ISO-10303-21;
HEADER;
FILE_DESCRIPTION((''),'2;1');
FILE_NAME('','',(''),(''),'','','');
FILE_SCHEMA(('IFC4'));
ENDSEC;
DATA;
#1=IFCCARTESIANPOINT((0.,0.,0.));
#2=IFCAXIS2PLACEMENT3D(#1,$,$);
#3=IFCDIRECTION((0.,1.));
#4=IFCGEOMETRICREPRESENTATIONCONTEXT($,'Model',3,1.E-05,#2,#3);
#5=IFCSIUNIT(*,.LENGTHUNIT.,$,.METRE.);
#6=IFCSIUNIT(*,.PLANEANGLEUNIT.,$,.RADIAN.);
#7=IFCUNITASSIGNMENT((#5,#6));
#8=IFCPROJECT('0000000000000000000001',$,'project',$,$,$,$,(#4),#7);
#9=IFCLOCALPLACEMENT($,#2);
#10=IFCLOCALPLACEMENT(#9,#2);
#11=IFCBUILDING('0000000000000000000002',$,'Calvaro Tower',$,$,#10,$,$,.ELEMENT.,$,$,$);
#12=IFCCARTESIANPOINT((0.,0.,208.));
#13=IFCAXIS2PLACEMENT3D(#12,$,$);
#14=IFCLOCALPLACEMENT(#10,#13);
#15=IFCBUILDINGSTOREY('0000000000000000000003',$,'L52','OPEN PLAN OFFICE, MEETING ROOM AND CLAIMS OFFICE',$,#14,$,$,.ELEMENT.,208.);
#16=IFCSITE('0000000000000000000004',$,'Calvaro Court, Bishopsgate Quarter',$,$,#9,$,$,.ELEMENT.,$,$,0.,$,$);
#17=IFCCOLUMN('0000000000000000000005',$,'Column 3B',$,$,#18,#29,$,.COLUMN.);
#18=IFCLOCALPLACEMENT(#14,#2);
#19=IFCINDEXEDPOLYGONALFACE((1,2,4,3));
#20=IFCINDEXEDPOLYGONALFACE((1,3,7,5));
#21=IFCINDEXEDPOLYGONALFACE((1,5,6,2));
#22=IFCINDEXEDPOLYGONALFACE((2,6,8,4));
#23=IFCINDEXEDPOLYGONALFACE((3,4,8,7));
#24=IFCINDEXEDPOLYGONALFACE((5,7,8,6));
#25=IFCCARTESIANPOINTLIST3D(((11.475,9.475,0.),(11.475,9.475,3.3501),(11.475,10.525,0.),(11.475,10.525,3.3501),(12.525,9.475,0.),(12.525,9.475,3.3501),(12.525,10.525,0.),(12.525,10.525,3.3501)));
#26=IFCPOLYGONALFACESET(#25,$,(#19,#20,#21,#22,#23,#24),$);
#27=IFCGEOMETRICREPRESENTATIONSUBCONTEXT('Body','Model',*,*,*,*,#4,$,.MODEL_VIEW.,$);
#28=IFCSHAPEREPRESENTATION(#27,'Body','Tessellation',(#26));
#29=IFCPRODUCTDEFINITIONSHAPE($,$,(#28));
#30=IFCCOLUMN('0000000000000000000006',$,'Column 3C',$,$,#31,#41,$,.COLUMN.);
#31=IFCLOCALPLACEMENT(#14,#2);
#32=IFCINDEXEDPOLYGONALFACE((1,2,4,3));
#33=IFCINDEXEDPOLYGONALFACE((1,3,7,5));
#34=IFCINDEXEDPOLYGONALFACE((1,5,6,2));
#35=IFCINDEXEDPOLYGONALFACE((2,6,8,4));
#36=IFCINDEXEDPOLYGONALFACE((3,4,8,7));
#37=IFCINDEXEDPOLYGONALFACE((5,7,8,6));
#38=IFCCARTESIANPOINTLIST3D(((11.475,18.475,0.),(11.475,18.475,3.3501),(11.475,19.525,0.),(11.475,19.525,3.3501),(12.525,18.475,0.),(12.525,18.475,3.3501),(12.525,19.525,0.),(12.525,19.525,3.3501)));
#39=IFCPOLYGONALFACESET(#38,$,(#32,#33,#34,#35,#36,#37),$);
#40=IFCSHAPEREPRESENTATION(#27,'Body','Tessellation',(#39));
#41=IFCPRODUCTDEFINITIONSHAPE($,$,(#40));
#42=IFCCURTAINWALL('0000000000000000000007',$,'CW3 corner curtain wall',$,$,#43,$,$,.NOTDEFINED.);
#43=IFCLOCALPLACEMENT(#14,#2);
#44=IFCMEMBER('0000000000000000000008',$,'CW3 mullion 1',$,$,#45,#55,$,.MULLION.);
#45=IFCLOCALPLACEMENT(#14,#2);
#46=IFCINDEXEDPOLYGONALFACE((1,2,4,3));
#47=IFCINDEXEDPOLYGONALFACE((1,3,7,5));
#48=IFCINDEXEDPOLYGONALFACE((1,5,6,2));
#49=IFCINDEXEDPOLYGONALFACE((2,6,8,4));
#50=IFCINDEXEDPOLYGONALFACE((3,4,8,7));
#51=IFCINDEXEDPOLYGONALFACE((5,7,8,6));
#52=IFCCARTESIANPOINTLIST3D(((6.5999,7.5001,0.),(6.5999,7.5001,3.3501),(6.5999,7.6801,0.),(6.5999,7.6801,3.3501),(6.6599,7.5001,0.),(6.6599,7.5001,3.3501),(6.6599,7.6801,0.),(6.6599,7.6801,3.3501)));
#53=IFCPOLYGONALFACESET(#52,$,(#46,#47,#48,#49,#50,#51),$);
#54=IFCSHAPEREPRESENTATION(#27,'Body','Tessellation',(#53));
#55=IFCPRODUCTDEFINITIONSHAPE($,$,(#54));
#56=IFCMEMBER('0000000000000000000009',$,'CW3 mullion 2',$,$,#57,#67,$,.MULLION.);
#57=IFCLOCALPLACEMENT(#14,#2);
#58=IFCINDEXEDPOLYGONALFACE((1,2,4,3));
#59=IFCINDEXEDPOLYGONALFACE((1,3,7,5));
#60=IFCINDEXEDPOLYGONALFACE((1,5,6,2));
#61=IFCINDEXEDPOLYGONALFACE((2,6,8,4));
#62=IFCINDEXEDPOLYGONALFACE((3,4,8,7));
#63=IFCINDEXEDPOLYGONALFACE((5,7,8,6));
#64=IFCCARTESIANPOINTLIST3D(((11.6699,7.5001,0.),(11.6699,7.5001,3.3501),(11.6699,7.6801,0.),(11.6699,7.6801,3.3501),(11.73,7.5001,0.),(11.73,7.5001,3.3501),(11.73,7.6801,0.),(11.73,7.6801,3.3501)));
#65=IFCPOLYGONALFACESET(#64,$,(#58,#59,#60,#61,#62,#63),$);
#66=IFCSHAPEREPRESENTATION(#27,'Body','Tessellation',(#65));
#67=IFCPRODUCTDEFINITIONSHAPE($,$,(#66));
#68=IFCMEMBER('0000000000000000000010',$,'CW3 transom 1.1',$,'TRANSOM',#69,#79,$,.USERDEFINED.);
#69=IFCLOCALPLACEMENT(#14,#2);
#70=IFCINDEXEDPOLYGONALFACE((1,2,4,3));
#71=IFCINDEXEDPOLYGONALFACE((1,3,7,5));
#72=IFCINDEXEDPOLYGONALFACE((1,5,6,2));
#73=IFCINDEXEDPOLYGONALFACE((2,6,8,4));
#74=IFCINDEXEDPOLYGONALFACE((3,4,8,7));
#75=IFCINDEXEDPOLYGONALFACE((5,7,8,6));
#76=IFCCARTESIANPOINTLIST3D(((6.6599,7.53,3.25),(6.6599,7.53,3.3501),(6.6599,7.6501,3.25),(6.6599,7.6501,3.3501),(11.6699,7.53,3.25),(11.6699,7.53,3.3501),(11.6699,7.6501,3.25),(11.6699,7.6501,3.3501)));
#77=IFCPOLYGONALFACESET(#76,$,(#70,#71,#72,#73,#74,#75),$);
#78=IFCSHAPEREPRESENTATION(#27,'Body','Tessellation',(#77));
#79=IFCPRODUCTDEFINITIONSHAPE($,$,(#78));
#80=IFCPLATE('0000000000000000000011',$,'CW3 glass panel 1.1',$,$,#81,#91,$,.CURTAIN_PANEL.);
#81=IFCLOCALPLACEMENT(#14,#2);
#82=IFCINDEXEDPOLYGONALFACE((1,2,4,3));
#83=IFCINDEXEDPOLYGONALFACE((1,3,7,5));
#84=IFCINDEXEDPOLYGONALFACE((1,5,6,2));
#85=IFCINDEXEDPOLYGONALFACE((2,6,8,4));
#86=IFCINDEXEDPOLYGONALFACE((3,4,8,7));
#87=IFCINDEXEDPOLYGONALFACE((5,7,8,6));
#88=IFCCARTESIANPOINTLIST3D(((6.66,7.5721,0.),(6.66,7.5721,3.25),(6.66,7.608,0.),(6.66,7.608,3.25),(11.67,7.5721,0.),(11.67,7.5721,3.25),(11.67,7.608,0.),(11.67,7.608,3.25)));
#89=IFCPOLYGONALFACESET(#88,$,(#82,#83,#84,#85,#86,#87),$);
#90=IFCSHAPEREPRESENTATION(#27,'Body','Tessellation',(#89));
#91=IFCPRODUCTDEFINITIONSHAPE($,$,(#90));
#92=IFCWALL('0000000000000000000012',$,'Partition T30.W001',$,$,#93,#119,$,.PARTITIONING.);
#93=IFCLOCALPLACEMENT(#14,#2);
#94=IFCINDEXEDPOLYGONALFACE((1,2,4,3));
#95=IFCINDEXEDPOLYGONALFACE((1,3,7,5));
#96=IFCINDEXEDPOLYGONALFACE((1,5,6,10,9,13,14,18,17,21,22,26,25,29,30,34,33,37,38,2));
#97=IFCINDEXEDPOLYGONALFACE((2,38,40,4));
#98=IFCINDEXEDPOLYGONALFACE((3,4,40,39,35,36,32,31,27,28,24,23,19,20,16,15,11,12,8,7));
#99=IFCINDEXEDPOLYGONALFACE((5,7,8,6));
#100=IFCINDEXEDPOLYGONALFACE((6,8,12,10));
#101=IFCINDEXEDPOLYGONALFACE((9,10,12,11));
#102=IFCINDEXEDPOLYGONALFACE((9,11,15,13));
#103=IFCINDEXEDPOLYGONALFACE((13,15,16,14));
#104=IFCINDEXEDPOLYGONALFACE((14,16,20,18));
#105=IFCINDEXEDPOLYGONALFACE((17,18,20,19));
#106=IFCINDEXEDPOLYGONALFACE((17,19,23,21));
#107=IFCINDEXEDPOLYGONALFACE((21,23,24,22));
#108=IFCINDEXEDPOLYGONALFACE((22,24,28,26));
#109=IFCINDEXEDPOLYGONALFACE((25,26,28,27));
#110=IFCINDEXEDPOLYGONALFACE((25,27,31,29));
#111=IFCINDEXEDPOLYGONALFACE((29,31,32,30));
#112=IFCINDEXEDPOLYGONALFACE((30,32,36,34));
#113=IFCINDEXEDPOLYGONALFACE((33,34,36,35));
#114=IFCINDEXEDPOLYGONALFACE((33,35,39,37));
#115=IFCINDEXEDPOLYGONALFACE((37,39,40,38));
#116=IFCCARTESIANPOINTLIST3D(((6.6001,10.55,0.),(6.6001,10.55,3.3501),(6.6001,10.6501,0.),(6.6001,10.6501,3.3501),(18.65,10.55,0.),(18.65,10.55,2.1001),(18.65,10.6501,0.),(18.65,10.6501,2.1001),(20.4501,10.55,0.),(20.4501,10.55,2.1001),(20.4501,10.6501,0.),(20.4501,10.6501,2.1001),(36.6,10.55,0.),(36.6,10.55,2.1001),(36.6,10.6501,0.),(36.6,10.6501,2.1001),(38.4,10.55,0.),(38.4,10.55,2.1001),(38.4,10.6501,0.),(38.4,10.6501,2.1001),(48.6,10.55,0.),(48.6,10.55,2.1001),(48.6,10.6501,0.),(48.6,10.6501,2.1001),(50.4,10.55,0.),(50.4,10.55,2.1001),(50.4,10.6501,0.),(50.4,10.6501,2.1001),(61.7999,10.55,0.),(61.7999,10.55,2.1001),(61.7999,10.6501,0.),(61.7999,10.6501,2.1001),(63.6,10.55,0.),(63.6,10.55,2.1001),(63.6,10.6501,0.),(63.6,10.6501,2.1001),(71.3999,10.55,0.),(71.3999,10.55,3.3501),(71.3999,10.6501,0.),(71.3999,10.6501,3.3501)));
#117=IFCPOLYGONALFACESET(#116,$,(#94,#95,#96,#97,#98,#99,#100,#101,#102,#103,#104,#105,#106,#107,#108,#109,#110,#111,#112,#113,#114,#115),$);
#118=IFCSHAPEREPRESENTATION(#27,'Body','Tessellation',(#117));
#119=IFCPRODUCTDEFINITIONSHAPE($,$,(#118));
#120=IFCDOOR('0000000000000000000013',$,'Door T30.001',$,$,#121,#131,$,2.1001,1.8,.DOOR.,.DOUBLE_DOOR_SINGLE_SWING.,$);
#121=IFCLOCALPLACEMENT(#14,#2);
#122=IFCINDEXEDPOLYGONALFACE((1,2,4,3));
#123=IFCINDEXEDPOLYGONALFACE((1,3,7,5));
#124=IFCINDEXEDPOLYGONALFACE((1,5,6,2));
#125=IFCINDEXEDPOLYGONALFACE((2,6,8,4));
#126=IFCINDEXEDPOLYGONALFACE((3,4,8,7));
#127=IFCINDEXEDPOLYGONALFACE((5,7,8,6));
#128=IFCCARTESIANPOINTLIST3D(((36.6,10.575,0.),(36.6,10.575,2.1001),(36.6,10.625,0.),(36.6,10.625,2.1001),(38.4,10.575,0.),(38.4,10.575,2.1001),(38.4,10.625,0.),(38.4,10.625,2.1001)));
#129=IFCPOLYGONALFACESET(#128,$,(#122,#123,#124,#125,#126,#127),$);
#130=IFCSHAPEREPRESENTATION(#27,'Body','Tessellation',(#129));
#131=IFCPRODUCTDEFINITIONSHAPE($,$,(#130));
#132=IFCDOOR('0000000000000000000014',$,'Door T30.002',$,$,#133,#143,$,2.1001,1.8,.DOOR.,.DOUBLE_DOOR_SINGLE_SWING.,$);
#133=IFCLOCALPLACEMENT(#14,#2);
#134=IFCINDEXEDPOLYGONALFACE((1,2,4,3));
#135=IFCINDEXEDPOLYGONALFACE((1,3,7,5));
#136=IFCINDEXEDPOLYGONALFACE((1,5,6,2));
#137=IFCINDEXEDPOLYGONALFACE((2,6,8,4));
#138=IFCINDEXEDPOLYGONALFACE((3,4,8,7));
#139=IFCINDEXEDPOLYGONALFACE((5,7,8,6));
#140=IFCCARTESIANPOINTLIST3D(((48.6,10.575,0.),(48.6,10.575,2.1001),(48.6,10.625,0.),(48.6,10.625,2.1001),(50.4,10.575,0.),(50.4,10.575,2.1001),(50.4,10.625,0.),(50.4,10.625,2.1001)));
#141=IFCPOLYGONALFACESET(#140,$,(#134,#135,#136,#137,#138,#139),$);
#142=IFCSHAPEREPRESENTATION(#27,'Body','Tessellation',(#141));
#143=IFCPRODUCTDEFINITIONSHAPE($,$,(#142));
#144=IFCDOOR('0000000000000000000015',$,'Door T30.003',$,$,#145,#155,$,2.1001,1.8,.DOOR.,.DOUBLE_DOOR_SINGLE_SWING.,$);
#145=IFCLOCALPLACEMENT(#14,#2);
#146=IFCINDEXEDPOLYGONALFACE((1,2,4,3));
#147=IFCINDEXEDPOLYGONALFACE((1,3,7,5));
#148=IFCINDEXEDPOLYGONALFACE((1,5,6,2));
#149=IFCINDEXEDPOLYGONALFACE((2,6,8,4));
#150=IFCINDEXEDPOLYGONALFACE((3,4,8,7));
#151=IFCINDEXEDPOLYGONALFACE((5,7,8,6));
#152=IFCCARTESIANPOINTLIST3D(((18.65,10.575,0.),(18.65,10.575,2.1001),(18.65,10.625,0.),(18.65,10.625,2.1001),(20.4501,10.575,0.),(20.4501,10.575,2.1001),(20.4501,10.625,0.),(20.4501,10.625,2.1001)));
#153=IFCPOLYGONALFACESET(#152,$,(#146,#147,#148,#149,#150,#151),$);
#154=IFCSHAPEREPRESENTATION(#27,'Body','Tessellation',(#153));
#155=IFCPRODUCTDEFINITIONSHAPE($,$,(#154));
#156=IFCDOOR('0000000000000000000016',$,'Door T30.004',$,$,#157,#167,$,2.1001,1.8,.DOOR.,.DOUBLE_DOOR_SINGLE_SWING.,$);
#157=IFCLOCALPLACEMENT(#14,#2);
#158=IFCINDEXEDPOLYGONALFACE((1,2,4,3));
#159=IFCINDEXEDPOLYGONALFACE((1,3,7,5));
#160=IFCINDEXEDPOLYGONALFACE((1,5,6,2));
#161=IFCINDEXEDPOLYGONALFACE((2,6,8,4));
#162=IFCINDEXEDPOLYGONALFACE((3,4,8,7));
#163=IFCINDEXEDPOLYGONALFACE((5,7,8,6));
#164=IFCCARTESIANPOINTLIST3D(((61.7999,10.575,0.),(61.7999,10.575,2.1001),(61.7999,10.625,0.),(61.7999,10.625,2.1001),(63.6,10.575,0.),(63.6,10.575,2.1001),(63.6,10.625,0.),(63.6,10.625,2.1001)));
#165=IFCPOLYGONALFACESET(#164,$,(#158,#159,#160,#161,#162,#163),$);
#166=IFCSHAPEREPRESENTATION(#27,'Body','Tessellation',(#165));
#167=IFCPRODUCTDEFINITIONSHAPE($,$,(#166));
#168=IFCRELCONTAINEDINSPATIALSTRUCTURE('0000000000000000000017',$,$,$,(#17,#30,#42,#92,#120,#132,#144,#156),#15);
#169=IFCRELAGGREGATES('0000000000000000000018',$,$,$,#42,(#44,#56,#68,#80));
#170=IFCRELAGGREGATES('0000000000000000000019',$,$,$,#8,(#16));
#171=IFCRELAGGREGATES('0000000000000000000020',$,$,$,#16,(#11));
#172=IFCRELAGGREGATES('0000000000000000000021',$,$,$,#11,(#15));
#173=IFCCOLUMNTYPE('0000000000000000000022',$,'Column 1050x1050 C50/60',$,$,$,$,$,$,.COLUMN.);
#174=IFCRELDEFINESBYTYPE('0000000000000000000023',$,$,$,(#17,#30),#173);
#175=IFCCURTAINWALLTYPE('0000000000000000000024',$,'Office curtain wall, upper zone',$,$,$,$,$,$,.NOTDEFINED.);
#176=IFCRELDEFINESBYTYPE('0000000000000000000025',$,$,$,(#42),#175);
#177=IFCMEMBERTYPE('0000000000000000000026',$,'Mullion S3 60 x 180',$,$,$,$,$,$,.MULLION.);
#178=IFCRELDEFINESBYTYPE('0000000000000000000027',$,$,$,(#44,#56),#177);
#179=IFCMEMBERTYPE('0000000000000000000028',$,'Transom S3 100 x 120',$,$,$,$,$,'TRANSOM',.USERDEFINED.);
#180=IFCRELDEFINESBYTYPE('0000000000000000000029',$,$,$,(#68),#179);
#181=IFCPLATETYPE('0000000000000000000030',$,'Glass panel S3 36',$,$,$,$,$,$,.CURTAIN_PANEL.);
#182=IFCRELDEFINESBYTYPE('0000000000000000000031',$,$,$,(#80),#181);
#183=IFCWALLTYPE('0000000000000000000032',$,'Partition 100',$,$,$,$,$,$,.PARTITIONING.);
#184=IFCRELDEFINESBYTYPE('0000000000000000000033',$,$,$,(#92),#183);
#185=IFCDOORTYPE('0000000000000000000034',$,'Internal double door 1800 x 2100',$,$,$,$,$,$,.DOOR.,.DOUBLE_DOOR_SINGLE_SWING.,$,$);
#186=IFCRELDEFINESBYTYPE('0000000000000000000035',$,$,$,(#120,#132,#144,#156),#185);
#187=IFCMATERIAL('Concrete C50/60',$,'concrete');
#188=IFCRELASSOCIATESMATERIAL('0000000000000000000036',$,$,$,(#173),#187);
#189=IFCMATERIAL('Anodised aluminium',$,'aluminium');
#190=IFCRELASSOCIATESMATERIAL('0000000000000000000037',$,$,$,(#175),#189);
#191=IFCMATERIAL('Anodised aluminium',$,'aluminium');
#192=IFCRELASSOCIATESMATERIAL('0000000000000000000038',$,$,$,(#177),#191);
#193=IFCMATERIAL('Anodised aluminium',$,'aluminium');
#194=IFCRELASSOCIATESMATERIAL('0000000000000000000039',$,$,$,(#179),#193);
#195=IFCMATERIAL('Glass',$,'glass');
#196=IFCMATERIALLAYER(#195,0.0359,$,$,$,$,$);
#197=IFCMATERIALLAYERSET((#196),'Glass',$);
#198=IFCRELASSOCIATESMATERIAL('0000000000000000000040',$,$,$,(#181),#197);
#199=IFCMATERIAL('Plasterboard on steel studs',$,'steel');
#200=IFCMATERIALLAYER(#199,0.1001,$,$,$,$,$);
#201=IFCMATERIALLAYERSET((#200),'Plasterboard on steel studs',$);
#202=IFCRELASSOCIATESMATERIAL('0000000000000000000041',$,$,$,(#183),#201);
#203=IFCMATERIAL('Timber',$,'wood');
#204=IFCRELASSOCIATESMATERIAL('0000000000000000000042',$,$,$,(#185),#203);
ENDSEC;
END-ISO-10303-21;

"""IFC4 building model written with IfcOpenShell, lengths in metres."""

from ifc_helpers import new_model, si_unit, direction, frame, frame_2d, origin, origin_2d, place, context, subcontext, project, spatial, rectangle, extrude, material, layer, layer_set, material_profile, profile_set, type_object, element, fill, aggregate, save


model = new_model("IFC4")

# Units and contexts
model_context = context("Model", 3, precision=1e-05, world=origin(), true_north=direction((0.0, 1.0)))
body_context = subcontext(model_context, "Body", "Model", "MODEL_VIEW")
ifc_project = project(units=[si_unit("LENGTHUNIT", "METRE"), si_unit("PLANEANGLEUNIT", "RADIAN")], contexts=[model_context])

# Site, building, storey
site_placement = place(None, origin())
site = spatial("IfcSite", under=ifc_project, at=site_placement, Name="Calvaro Court, Bishopsgate Quarter", CompositionType="ELEMENT", RefElevation=0.0)
building_placement = place(site_placement, origin())
building = spatial("IfcBuilding", under=site, at=building_placement, Name="Calvaro Tower", CompositionType="ELEMENT")
storey_placement = place(building_placement, frame((0.0, 0.0, 208.0)))
storey = spatial("IfcBuildingStorey", under=building, at=storey_placement, Name="L52", Description="OPEN PLAN OFFICE, MEETING ROOM AND CLAIMS OFFICE", CompositionType="ELEMENT", Elevation=208.0)

# Columns
ifc_material_1 = material(Name="Concrete C50/60", Category="concrete")
ifc_material_profile_1 = material_profile(ifc_material_1, rectangle(XDim=1.05, YDim=1.05, at=origin_2d()), Name="RC 1050x1050")
ifc_profile_set_1 = profile_set([ifc_material_profile_1], Name="Concrete C50/60")
column_type = type_object("IfcColumnType", Name="Column 1050x1050 C50/60", PredefinedType="COLUMN", material=ifc_profile_set_1)
for number, where, z_axis, x_axis, name in (
    (1, (12.0, 10.0, 0.0), (0.0, 0.0, 1.0), (1.0, 0.0, 0.0), "Column 3B"),
    (2, (12.0, 19.0, 0.0), (0.0, 0.0, 1.0), (1.0, 0.0, 0.0), "Column 3C"),
):
    element("IfcColumn", number, at=place(storey_placement, frame(where, z_axis=z_axis, x_axis=x_axis)), inside=storey, type_object=column_type, Name=name, PredefinedType="COLUMN", context=body_context, shape_type="SweptSolid", body=[
        extrude(rectangle(XDim=1.05, YDim=1.05, at=origin_2d()), origin(), (0.0, 0.0, 1.0), 3.3501),
    ])

# Curtain wall, members, plate
ifc_material_2 = material(Name="Anodised aluminium", Category="aluminium")
curtain_wall_type = type_object("IfcCurtainWallType", Name="Office curtain wall, upper zone", PredefinedType="NOTDEFINED", material=ifc_material_2)
curtain_wall_placement = place(storey_placement, origin())
curtain_wall = element("IfcCurtainWall", 3, at=curtain_wall_placement, inside=storey, type_object=curtain_wall_type, Name="CW3 corner curtain wall", PredefinedType="NOTDEFINED")
ifc_material_3 = material(Name="Anodised aluminium", Category="aluminium")
ifc_material_profile_2 = material_profile(ifc_material_3, rectangle(XDim=0.1799, YDim=0.0601, at=origin_2d()), Name="Mullion S3 60 x 180")
ifc_profile_set_2 = profile_set([ifc_material_profile_2], Name="Anodised aluminium")
member_type_1 = type_object("IfcMemberType", Name="Mullion S3 60 x 180", PredefinedType="MULLION", material=ifc_profile_set_2)
member_1_placement = place(storey_placement, frame((6.6299, 7.5901, 0.0), z_axis=(0.0, 0.0, 1.0), x_axis=(0.0, 1.0, 0.0)))
member_1 = element("IfcMember", 4, at=member_1_placement, type_object=member_type_1, Name="CW3 mullion 1", PredefinedType="MULLION", context=body_context, shape_type="SweptSolid", body=[
    extrude(rectangle(XDim=0.1799, YDim=0.0601, at=origin_2d()), origin(), (0.0, 0.0, 1.0), 3.3501),
])
member_2_placement = place(storey_placement, frame((11.7, 7.5901, 0.0), z_axis=(0.0, 0.0, 1.0), x_axis=(0.0, 1.0, 0.0)))
member_2 = element("IfcMember", 5, at=member_2_placement, type_object=member_type_1, Name="CW3 mullion 2", PredefinedType="MULLION", context=body_context, shape_type="SweptSolid", body=[
    extrude(rectangle(XDim=0.1799, YDim=0.0601, at=origin_2d()), origin(), (0.0, 0.0, 1.0), 3.3501),
])
ifc_material_4 = material(Name="Anodised aluminium", Category="aluminium")
ifc_material_profile_3 = material_profile(ifc_material_4, rectangle(XDim=0.1201, YDim=0.1001, at=origin_2d()), Name="Transom S3 100 x 120")
ifc_profile_set_3 = profile_set([ifc_material_profile_3], Name="Anodised aluminium")
member_type_2 = type_object("IfcMemberType", Name="Transom S3 100 x 120", ElementType="TRANSOM", PredefinedType="USERDEFINED", material=ifc_profile_set_3)
member_3_placement = place(storey_placement, frame((6.6599, 7.5901, 3.3), z_axis=(1.0, 0.0, 0.0), x_axis=(0.0, 1.0, 0.0)))
member_3 = element("IfcMember", 6, at=member_3_placement, type_object=member_type_2, Name="CW3 transom 1.1", ObjectType="TRANSOM", PredefinedType="USERDEFINED", context=body_context, shape_type="SweptSolid", body=[
    extrude(rectangle(XDim=0.1201, YDim=0.1001, at=origin_2d()), origin(), (0.0, 0.0, 1.0), 5.01),
])
ifc_material_5 = material(Name="Glass", Category="glass")
ifc_layer_1 = layer(ifc_material_5, 0.0359)
ifc_layer_set_1 = layer_set([ifc_layer_1], Name="Glass")
plate_type = type_object("IfcPlateType", Name="Glass panel S3 36", PredefinedType="CURTAIN_PANEL", material=ifc_layer_set_1)
plate_placement = place(storey_placement, frame((9.165, 7.5901, 0.0), z_axis=(0.0, 0.0, 1.0), x_axis=(1.0, 0.0, 0.0)))
plate = element("IfcPlate", 7, at=plate_placement, type_object=plate_type, Name="CW3 glass panel 1.1", PredefinedType="CURTAIN_PANEL", context=body_context, shape_type="SweptSolid", body=[
    extrude(rectangle(XDim=5.01, YDim=0.0359, at=origin_2d()), origin(), (0.0, 0.0, 1.0), 3.25),
])
aggregate(curtain_wall, [member_1, member_2, member_3, plate])

# Wall, openings, doors
ifc_material_6 = material(Name="Plasterboard on steel studs", Category="steel")
ifc_layer_2 = layer(ifc_material_6, 0.1001)
ifc_layer_set_2 = layer_set([ifc_layer_2], Name="Plasterboard on steel studs")
wall_type = type_object("IfcWallType", Name="Partition 100", PredefinedType="PARTITIONING", material=ifc_layer_set_2)
wall_1_placement = place(storey_placement, frame((6.6001, 10.6001, 0.0), z_axis=(0.0, 0.0, 1.0), x_axis=(1.0, 0.0, 0.0)))
wall_1 = element("IfcWall", 8, at=wall_1_placement, inside=storey, type_object=wall_type, Name="Partition T30.W001", PredefinedType="PARTITIONING", context=body_context, shape_type="SweptSolid", body=[
    extrude(rectangle(XDim=64.7998, YDim=0.1001, at=frame_2d((32.3999, 0.0))), origin(), (0.0, 0.0, 1.0), 3.3501),
])
opening_1_placement = place(wall_1_placement, frame((30.0, 0.0, 0.0)))
opening_1 = element("IfcOpeningElement", 9, at=opening_1_placement, cuts=wall_1, PredefinedType="OPENING", context=body_context, shape_type="SweptSolid", body=[
    extrude(rectangle(XDim=1.8, YDim=2.1001, at=frame_2d((0.8999, 1.05))), frame((0.0, 0.0601, 0.0), z_axis=(0.0, -1.0, 0.0), x_axis=(1.0, 0.0, 0.0)), (0.0, 0.0, 1.0), 0.1201),
])
opening_2_placement = place(wall_1_placement, frame((42.0, 0.0, 0.0)))
opening_2 = element("IfcOpeningElement", 10, at=opening_2_placement, cuts=wall_1, PredefinedType="OPENING", context=body_context, shape_type="SweptSolid", body=[
    extrude(rectangle(XDim=1.8, YDim=2.1001, at=frame_2d((0.8999, 1.05))), frame((0.0, 0.0601, 0.0), z_axis=(0.0, -1.0, 0.0), x_axis=(1.0, 0.0, 0.0)), (0.0, 0.0, 1.0), 0.1201),
])
opening_3_placement = place(wall_1_placement, frame((12.05, 0.0, 0.0)))
opening_3 = element("IfcOpeningElement", 11, at=opening_3_placement, cuts=wall_1, PredefinedType="OPENING", context=body_context, shape_type="SweptSolid", body=[
    extrude(rectangle(XDim=1.8, YDim=2.1001, at=frame_2d((0.8999, 1.05))), frame((0.0, 0.0601, 0.0), z_axis=(0.0, -1.0, 0.0), x_axis=(1.0, 0.0, 0.0)), (0.0, 0.0, 1.0), 0.1201),
])
opening_4_placement = place(wall_1_placement, frame((55.2, 0.0, 0.0)))
opening_4 = element("IfcOpeningElement", 12, at=opening_4_placement, cuts=wall_1, PredefinedType="OPENING", context=body_context, shape_type="SweptSolid", body=[
    extrude(rectangle(XDim=1.8, YDim=2.1001, at=frame_2d((0.8999, 1.05))), frame((0.0, 0.0601, 0.0), z_axis=(0.0, -1.0, 0.0), x_axis=(1.0, 0.0, 0.0)), (0.0, 0.0, 1.0), 0.1201),
])
ifc_material_7 = material(Name="Timber", Category="wood")
door_type_1 = type_object("IfcDoorType", Name="Internal double door 1800 x 2100", OperationType="DOUBLE_DOOR_SINGLE_SWING", PredefinedType="DOOR", material=ifc_material_7)
door_1_placement = place(opening_1_placement, origin())
door_1 = element("IfcDoor", 13, at=door_1_placement, inside=storey, type_object=door_type_1, Name="Door T30.001", OperationType="DOUBLE_DOOR_SINGLE_SWING", OverallHeight=2.1001, OverallWidth=1.8, PredefinedType="DOOR", context=body_context, shape_type="SweptSolid", body=[
    extrude(rectangle(XDim=1.8, YDim=2.1001, at=frame_2d((0.8999, 1.05))), frame((0.0, 0.0249, 0.0), z_axis=(0.0, -1.0, 0.0), x_axis=(1.0, 0.0, 0.0)), (0.0, 0.0, 1.0), 0.05),
])
fill(opening_1, door_1)
door_2_placement = place(opening_2_placement, origin())
door_2 = element("IfcDoor", 14, at=door_2_placement, inside=storey, type_object=door_type_1, Name="Door T30.002", OperationType="DOUBLE_DOOR_SINGLE_SWING", OverallHeight=2.1001, OverallWidth=1.8, PredefinedType="DOOR", context=body_context, shape_type="SweptSolid", body=[
    extrude(rectangle(XDim=1.8, YDim=2.1001, at=frame_2d((0.8999, 1.05))), frame((0.0, 0.0249, 0.0), z_axis=(0.0, -1.0, 0.0), x_axis=(1.0, 0.0, 0.0)), (0.0, 0.0, 1.0), 0.05),
])
fill(opening_2, door_2)
door_3_placement = place(opening_3_placement, origin())
door_3 = element("IfcDoor", 15, at=door_3_placement, inside=storey, type_object=door_type_1, Name="Door T30.003", OperationType="DOUBLE_DOOR_SINGLE_SWING", OverallHeight=2.1001, OverallWidth=1.8, PredefinedType="DOOR", context=body_context, shape_type="SweptSolid", body=[
    extrude(rectangle(XDim=1.8, YDim=2.1001, at=frame_2d((0.8999, 1.05))), frame((0.0, 0.0249, 0.0), z_axis=(0.0, -1.0, 0.0), x_axis=(1.0, 0.0, 0.0)), (0.0, 0.0, 1.0), 0.05),
])
fill(opening_3, door_3)
door_4_placement = place(opening_4_placement, origin())
door_4 = element("IfcDoor", 16, at=door_4_placement, inside=storey, type_object=door_type_1, Name="Door T30.004", OperationType="DOUBLE_DOOR_SINGLE_SWING", OverallHeight=2.1001, OverallWidth=1.8, PredefinedType="DOOR", context=body_context, shape_type="SweptSolid", body=[
    extrude(rectangle(XDim=1.8, YDim=2.1001, at=frame_2d((0.8999, 1.05))), frame((0.0, 0.0249, 0.0), z_axis=(0.0, -1.0, 0.0), x_axis=(1.0, 0.0, 0.0)), (0.0, 0.0, 1.0), 0.05),
])
fill(opening_4, door_4)

save(model, "model.ifc")
